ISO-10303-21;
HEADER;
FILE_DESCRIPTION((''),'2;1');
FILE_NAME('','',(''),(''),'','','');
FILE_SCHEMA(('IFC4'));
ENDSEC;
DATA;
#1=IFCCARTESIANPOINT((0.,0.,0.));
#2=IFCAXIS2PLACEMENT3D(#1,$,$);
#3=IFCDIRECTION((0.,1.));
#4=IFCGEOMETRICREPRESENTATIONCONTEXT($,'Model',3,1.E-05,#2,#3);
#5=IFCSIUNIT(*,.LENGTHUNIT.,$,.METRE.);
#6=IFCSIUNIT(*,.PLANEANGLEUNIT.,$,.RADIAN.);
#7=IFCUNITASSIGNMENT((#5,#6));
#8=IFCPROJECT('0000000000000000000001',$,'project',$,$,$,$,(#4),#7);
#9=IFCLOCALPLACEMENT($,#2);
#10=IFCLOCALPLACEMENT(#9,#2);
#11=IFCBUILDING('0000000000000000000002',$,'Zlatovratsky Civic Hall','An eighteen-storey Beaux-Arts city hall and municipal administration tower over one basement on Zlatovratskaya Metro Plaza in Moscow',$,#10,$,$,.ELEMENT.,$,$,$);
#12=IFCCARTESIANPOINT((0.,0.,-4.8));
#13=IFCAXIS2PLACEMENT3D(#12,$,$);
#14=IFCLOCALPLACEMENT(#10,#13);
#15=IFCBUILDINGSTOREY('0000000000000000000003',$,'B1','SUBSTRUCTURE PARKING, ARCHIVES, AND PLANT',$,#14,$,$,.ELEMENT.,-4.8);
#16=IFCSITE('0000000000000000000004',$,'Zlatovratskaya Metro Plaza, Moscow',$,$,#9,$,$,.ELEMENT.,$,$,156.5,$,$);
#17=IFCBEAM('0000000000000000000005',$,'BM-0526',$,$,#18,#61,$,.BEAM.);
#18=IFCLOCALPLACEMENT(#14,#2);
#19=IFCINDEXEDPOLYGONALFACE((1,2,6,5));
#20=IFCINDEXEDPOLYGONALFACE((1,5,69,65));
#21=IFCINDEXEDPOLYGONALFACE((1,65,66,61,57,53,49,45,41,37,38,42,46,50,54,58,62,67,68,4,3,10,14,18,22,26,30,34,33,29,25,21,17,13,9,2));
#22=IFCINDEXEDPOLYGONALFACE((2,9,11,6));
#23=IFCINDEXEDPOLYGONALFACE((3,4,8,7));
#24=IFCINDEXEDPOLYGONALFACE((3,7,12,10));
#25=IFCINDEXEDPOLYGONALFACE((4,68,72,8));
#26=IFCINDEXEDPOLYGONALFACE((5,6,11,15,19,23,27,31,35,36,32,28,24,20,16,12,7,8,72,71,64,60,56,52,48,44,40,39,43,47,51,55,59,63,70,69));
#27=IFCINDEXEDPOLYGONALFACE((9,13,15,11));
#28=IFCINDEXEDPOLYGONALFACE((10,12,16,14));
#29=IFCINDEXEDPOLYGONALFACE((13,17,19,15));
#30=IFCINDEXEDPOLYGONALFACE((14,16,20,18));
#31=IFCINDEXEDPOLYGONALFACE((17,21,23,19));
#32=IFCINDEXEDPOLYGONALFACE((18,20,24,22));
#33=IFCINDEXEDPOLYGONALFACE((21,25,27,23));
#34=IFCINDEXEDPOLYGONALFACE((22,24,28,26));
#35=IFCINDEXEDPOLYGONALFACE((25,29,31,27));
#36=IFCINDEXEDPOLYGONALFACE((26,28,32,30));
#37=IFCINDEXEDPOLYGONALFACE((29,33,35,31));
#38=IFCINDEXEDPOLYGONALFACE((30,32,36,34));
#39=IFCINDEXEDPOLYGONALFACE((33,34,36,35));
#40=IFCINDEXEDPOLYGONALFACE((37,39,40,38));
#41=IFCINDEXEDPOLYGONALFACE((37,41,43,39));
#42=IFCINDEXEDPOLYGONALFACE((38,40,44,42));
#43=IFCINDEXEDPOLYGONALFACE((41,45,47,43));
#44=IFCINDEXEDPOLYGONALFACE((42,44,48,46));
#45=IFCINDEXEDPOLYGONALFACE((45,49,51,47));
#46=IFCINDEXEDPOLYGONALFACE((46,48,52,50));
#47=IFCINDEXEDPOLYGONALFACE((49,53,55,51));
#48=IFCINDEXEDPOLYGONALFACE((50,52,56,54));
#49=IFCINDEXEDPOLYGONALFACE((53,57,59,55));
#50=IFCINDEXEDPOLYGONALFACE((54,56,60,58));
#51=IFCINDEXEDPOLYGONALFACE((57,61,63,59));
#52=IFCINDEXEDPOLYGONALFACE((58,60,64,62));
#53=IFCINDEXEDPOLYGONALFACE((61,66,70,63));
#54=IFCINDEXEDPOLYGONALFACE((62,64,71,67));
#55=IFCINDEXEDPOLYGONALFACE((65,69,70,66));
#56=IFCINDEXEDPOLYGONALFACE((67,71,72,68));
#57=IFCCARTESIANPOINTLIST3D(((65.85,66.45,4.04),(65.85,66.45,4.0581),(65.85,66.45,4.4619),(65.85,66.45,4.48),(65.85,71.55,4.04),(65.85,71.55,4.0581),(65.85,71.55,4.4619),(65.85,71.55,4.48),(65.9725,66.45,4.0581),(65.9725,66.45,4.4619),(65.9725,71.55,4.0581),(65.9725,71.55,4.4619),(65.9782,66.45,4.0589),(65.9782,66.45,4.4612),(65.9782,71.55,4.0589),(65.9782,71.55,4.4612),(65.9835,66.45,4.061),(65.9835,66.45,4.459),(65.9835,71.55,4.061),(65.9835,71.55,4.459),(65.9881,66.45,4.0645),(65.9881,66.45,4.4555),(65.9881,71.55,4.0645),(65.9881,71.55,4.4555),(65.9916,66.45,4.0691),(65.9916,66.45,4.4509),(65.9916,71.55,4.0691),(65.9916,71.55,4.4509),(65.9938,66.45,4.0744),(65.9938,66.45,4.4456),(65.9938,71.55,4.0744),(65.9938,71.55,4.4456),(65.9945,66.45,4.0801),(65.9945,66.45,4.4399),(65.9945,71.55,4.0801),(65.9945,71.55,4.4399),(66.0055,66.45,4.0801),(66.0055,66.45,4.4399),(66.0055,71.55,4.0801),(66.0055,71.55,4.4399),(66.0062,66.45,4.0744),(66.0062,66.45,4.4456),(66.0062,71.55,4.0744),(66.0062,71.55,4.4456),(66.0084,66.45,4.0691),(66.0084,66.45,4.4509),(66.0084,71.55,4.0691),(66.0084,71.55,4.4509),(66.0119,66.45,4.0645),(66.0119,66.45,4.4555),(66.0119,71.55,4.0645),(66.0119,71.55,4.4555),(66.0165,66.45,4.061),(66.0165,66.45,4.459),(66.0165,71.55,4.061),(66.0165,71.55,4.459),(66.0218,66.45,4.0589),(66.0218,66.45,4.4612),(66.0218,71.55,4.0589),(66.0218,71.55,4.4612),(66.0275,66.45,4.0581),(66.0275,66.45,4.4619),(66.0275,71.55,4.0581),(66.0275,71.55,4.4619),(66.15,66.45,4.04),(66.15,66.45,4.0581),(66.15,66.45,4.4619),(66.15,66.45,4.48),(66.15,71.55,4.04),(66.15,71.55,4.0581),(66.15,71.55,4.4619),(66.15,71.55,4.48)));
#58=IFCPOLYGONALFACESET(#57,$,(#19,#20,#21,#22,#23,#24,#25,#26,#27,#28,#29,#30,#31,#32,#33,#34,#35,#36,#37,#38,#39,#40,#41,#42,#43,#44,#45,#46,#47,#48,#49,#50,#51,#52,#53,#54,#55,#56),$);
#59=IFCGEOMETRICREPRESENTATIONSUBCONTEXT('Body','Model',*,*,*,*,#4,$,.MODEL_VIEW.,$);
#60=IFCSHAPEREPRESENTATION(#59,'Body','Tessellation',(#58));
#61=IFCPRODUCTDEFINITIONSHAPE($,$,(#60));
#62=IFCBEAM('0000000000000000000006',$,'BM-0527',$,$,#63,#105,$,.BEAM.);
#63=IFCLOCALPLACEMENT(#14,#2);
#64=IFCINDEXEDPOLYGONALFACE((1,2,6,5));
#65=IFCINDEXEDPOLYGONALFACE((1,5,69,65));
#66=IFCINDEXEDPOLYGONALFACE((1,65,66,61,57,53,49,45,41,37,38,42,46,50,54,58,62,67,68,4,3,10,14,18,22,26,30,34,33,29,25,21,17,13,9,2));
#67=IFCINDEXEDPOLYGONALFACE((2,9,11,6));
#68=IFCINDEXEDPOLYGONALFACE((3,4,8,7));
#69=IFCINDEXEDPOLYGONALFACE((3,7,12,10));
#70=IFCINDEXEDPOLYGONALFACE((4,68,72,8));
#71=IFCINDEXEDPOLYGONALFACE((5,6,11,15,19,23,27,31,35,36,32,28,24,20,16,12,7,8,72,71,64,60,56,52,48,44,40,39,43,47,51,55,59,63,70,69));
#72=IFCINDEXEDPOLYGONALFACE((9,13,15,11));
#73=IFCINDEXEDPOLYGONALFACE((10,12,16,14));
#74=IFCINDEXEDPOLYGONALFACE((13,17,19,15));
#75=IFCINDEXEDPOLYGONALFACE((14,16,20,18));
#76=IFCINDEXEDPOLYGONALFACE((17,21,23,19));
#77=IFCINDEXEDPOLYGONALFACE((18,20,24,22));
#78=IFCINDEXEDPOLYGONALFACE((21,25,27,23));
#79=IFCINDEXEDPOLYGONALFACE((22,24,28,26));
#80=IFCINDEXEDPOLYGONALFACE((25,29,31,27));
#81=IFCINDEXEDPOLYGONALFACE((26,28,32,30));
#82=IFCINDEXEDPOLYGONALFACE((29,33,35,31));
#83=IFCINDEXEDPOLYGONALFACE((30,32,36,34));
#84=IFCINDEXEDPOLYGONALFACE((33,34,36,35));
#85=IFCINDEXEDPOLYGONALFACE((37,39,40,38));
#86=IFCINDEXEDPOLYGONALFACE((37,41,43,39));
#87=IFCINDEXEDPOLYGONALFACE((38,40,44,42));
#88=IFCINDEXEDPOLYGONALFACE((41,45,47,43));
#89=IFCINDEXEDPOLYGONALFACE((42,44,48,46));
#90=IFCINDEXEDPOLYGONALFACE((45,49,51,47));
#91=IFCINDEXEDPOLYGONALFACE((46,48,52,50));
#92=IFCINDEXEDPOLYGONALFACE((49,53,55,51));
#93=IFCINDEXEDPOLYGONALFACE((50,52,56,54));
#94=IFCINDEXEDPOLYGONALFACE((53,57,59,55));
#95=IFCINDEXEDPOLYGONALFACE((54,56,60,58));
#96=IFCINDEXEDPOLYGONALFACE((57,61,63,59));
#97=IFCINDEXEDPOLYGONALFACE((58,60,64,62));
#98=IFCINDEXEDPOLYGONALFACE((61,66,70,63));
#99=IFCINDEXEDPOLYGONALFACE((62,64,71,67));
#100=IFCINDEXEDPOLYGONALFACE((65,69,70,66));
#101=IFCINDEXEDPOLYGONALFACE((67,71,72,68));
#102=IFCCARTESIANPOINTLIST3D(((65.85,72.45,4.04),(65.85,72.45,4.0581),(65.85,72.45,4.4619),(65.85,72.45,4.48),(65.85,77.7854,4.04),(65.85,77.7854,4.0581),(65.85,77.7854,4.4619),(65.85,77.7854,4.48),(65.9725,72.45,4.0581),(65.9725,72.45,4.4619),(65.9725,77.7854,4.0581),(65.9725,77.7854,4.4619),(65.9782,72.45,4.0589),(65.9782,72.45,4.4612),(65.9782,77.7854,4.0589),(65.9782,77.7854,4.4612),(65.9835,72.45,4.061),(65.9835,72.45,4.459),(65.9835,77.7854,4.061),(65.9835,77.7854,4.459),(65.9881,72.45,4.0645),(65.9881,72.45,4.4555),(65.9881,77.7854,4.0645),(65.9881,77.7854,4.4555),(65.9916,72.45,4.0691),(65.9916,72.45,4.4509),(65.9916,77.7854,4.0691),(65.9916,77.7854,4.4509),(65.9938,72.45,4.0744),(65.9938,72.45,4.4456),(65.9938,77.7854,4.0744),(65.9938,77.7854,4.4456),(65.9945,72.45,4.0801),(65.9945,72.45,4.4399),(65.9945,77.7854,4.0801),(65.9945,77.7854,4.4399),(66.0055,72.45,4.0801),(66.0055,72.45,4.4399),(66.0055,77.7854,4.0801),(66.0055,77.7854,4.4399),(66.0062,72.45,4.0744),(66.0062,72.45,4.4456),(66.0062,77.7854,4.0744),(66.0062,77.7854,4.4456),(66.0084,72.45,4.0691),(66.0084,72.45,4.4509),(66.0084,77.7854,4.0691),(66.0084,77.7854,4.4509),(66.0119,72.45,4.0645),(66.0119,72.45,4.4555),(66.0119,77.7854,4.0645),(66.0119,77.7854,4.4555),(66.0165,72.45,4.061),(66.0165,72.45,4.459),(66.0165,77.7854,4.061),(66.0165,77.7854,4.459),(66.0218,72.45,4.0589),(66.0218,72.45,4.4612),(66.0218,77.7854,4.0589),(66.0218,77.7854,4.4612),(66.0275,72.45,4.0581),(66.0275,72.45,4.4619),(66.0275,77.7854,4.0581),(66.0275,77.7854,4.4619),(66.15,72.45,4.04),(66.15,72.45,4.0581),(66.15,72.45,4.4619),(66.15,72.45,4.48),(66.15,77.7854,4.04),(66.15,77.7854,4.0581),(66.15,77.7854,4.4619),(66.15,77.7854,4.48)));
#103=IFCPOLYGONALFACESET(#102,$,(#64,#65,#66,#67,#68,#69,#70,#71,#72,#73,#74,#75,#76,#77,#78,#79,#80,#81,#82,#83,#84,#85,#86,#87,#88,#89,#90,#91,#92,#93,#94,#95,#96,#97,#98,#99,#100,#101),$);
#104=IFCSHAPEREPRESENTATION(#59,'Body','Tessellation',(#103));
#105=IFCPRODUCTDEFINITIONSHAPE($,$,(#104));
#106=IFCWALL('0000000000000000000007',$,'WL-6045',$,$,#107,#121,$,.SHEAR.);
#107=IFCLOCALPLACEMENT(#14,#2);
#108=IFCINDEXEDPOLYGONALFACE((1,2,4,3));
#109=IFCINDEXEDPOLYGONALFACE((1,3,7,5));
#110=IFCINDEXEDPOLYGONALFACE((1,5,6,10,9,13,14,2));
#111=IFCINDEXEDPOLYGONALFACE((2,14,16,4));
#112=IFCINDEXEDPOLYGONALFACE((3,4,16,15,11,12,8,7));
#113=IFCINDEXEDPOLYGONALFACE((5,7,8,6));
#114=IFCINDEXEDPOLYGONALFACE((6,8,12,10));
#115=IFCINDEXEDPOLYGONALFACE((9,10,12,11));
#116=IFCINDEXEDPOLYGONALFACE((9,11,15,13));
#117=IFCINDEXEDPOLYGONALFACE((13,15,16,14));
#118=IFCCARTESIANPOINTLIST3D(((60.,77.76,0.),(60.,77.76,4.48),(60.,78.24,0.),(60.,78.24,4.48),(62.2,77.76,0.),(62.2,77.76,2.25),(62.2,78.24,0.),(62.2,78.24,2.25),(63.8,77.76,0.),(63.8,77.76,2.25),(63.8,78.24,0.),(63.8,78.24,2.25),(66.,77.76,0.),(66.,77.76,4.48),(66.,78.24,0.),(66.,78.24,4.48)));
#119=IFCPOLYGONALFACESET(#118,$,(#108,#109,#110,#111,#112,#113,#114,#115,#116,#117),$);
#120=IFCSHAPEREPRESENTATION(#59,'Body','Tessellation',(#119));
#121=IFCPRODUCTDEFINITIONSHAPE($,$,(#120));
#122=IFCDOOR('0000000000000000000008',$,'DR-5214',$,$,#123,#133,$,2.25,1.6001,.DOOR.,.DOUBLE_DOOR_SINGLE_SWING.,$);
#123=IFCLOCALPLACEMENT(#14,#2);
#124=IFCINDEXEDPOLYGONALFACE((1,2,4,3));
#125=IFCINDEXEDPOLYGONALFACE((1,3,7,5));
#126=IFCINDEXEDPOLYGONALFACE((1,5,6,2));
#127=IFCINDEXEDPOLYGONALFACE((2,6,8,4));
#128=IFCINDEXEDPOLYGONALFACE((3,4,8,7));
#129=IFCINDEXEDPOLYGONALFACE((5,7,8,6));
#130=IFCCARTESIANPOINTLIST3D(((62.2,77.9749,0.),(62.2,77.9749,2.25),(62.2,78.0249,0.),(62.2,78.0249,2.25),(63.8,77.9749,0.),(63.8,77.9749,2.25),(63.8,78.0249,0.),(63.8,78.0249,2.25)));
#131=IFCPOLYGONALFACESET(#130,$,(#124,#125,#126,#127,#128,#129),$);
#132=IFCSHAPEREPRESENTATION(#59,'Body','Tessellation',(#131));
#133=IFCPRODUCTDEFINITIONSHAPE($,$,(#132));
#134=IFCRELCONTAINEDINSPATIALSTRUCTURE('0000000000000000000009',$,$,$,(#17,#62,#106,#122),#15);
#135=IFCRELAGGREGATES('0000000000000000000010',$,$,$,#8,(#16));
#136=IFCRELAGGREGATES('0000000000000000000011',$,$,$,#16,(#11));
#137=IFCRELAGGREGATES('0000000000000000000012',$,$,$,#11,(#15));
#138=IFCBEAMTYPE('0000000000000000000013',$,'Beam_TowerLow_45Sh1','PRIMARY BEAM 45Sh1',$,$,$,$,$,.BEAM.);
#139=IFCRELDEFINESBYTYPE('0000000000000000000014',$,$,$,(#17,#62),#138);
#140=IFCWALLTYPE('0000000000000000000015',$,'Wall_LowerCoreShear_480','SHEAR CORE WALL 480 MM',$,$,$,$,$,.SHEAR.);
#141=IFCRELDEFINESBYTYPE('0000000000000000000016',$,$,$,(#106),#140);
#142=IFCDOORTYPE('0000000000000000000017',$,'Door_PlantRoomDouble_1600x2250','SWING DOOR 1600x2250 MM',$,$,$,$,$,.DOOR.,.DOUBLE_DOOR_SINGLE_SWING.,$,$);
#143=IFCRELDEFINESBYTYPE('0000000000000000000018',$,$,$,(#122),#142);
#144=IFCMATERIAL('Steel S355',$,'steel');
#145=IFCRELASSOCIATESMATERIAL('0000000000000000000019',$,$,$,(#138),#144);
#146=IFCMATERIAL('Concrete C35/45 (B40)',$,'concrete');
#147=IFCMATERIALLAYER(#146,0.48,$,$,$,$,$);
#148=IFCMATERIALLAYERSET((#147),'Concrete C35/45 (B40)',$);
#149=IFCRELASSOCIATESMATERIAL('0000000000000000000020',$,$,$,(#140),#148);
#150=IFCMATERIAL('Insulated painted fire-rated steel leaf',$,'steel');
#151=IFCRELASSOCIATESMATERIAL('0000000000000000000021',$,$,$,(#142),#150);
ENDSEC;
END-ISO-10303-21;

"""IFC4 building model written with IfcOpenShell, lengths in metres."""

from ifc_helpers import new_model, si_unit, direction, frame, frame_2d, origin, origin_2d, place, context, subcontext, project, spatial, rectangle, i_section, extrude, material, layer, layer_set, material_profile, profile_set, type_object, element, fill, save


model = new_model("IFC4")

# Units and contexts
model_context = context("Model", 3, precision=1e-05, world=origin(), true_north=direction((0.0, 1.0)))
body_context = subcontext(model_context, "Body", "Model", "MODEL_VIEW")
ifc_project = project(units=[si_unit("LENGTHUNIT", "METRE"), si_unit("PLANEANGLEUNIT", "RADIAN")], contexts=[model_context])

# Site, building, storey
site_placement = place(None, origin())
site = spatial("IfcSite", under=ifc_project, at=site_placement, Name="Zlatovratskaya Metro Plaza, Moscow", CompositionType="ELEMENT", RefElevation=156.5)
building_placement = place(site_placement, origin())
building = spatial("IfcBuilding", under=site, at=building_placement, Name="Zlatovratsky Civic Hall", Description="An eighteen-storey Beaux-Arts city hall and municipal administration tower over one basement on Zlatovratskaya Metro Plaza in Moscow", CompositionType="ELEMENT")
storey_placement = place(building_placement, frame((0.0, 0.0, -4.8)))
storey = spatial("IfcBuildingStorey", under=building, at=storey_placement, Name="B1", Description="SUBSTRUCTURE PARKING, ARCHIVES, AND PLANT", CompositionType="ELEMENT", Elevation=-4.8)

# Shared definitions
ifc_material_1 = material(Name="Concrete C35/45 (B40)", Category="concrete")
ifc_material_2 = material(Name="Steel S355", Category="steel")

# Beams
ifc_material_profile_1 = material_profile(ifc_material_2, i_section(OverallWidth=0.3, OverallDepth=0.4399, WebThickness=0.011, FlangeThickness=0.0181, FilletRadius=0.022, at=origin_2d()), Name="45Sh1")
ifc_profile_set_1 = profile_set([ifc_material_profile_1], Name="Steel S355")
beam_type = type_object("IfcBeamType", Name="Beam_TowerLow_45Sh1", Description="PRIMARY BEAM 45Sh1", PredefinedType="BEAM", material=ifc_profile_set_1)
beam_1_placement = place(storey_placement, frame((66.0, 66.45, 4.26), z_axis=(0.0, 1.0, 0.0), x_axis=(-1.0, 0.0, 0.0)))
element("IfcBeam", 1, at=beam_1_placement, inside=storey, type_object=beam_type, Name="BM-0526", PredefinedType="BEAM", context=body_context, shape_type="SweptSolid", body=[
    extrude(i_section(OverallWidth=0.3, OverallDepth=0.4399, WebThickness=0.011, FlangeThickness=0.0181, FilletRadius=0.022, at=origin_2d()), origin(), (0.0, 0.0, 1.0), 5.1001),
])
beam_2_placement = place(storey_placement, frame((66.0, 72.45, 4.26), z_axis=(0.0, 1.0, 0.0), x_axis=(-1.0, 0.0, 0.0)))
element("IfcBeam", 2, at=beam_2_placement, inside=storey, type_object=beam_type, Name="BM-0527", PredefinedType="BEAM", context=body_context, shape_type="SweptSolid", body=[
    extrude(i_section(OverallWidth=0.3, OverallDepth=0.4399, WebThickness=0.011, FlangeThickness=0.0181, FilletRadius=0.022, at=origin_2d()), origin(), (0.0, 0.0, 1.0), 5.3354),
])

# Wall, opening, door
ifc_layer = layer(ifc_material_1, 0.48)
ifc_layer_set = layer_set([ifc_layer], Name="Concrete C35/45 (B40)")
wall_type = type_object("IfcWallType", Name="Wall_LowerCoreShear_480", Description="SHEAR CORE WALL 480 MM", PredefinedType="SHEAR", material=ifc_layer_set)
wall_placement = place(storey_placement, frame((60.0, 78.0, 0.0), z_axis=(0.0, 0.0, 1.0), x_axis=(1.0, 0.0, 0.0)))
wall = element("IfcWall", 3, at=wall_placement, inside=storey, type_object=wall_type, Name="WL-6045", PredefinedType="SHEAR", context=body_context, shape_type="SweptSolid", body=[
    extrude(rectangle(XDim=6.0, YDim=0.48, at=frame_2d((3.0, 0.0))), origin(), (0.0, 0.0, 1.0), 4.48),
])
opening_placement = place(wall_placement, frame((2.2, 0.0, 0.0)))
opening = element("IfcOpeningElement", 4, at=opening_placement, cuts=wall, PredefinedType="OPENING", context=body_context, shape_type="SweptSolid", body=[
    extrude(rectangle(XDim=1.6001, YDim=2.25, at=frame_2d((0.8, 1.125))), frame((0.0, 0.2549, 0.0), z_axis=(0.0, -1.0, 0.0), x_axis=(1.0, 0.0, 0.0)), (0.0, 0.0, 1.0), 0.5098),
])
ifc_material_3 = material(Name="Insulated painted fire-rated steel leaf", Category="steel")
door_type = type_object("IfcDoorType", Name="Door_PlantRoomDouble_1600x2250", Description="SWING DOOR 1600x2250 MM", OperationType="DOUBLE_DOOR_SINGLE_SWING", PredefinedType="DOOR", material=ifc_material_3)
door_placement = place(opening_placement, origin())
door = element("IfcDoor", 5, at=door_placement, inside=storey, type_object=door_type, Name="DR-5214", OperationType="DOUBLE_DOOR_SINGLE_SWING", OverallHeight=2.25, OverallWidth=1.6001, PredefinedType="DOOR", context=body_context, shape_type="SweptSolid", body=[
    extrude(rectangle(XDim=1.6001, YDim=2.25, at=frame_2d((0.8, 1.125))), frame((0.0, 0.0249, 0.0), z_axis=(0.0, -1.0, 0.0), x_axis=(1.0, 0.0, 0.0)), (0.0, 0.0, 1.0), 0.05),
])
fill(opening, door)

save(model, "model.ifc")
